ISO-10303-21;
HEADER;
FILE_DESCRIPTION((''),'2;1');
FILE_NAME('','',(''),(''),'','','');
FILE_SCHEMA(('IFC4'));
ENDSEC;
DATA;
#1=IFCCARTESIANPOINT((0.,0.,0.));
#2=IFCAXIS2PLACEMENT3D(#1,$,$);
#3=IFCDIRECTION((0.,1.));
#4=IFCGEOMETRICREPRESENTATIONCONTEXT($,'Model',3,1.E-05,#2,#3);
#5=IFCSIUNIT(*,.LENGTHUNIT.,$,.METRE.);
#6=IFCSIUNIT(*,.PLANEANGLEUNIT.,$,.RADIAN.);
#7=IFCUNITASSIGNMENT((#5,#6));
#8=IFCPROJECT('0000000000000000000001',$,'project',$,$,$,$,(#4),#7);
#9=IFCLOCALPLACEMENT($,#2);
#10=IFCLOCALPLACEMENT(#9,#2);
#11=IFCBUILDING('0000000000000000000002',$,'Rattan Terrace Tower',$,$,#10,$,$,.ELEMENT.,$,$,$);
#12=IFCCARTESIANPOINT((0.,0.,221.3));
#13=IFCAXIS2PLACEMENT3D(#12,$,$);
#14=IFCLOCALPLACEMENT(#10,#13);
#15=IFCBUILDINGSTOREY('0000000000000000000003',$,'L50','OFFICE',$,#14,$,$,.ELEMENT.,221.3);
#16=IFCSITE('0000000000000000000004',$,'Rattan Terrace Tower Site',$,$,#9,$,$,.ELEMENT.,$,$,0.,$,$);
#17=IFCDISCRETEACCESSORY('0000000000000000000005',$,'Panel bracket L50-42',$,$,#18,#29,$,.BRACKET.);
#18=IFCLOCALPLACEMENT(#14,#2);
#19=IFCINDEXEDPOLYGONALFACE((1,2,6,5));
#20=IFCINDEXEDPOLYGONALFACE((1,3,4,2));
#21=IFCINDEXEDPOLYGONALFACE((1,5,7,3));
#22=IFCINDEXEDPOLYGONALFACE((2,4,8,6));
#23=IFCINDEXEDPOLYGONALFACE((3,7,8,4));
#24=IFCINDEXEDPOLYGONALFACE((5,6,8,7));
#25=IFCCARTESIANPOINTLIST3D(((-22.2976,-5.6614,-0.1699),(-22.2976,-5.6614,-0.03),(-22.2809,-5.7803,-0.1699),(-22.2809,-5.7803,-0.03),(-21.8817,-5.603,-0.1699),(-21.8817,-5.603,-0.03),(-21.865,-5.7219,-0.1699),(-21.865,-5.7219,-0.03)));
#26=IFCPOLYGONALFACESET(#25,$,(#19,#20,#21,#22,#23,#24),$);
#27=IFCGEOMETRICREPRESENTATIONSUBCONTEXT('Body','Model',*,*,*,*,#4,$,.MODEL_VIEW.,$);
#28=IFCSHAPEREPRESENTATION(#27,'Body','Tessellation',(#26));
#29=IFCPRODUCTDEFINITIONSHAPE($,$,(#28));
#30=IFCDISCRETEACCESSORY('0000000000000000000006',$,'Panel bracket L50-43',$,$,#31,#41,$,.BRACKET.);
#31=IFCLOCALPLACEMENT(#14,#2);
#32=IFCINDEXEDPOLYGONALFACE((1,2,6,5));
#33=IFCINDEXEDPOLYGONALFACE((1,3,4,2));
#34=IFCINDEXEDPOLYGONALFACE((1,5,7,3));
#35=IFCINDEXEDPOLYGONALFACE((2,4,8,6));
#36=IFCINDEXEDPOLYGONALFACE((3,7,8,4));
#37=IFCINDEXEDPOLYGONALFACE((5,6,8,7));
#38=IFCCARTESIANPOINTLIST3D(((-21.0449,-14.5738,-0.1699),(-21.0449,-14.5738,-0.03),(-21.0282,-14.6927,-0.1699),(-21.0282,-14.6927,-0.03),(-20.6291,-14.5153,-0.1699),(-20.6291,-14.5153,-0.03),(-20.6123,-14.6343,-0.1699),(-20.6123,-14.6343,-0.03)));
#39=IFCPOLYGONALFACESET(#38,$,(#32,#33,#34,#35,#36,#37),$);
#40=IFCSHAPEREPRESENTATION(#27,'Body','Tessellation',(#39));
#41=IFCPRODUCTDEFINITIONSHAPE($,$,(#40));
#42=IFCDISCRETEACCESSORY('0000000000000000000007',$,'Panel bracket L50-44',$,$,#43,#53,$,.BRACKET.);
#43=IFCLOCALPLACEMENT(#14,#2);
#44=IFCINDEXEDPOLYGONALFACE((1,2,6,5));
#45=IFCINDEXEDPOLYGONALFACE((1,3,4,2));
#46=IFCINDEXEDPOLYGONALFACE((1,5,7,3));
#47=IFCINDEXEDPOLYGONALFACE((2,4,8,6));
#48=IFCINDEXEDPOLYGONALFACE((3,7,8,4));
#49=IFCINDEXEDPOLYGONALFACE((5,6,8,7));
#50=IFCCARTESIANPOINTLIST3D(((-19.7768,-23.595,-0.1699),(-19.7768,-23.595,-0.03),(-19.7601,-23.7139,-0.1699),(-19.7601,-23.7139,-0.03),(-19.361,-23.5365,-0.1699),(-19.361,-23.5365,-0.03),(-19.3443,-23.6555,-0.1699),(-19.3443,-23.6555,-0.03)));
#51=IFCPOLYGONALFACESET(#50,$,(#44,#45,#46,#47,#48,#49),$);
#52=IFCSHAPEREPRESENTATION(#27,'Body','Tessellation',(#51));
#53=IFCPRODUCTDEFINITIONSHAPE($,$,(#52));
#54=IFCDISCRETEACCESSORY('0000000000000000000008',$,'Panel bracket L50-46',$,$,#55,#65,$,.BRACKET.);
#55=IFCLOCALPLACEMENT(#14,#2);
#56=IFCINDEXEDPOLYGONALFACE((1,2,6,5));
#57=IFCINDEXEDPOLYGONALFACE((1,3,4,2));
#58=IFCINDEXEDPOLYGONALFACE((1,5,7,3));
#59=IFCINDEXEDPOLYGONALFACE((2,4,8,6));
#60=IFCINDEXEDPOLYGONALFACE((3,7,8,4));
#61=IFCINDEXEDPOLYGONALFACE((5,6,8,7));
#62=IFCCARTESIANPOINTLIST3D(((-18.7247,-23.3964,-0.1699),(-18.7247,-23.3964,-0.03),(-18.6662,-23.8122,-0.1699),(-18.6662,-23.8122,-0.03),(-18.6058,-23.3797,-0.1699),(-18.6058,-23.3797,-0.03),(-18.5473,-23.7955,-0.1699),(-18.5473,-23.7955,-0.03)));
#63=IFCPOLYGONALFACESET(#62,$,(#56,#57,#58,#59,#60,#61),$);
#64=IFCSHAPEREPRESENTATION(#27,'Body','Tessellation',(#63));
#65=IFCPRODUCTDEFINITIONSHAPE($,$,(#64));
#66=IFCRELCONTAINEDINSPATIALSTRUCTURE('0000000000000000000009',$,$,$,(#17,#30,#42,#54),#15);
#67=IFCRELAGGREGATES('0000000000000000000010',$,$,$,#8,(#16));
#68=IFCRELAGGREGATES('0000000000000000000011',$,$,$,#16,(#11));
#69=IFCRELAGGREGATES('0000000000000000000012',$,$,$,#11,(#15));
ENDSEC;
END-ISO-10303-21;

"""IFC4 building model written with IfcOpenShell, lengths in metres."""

from ifc_helpers import new_model, si_unit, direction, frame, origin, origin_2d, place, context, subcontext, project, spatial, rectangle, extrude, element, save


model = new_model("IFC4")

# Units and contexts
model_context = context("Model", 3, precision=1e-05, world=origin(), true_north=direction((0.0, 1.0)))
body_context = subcontext(model_context, "Body", "Model", "MODEL_VIEW")
ifc_project = project(units=[si_unit("LENGTHUNIT", "METRE"), si_unit("PLANEANGLEUNIT", "RADIAN")], contexts=[model_context])

# Site, building, storey
site_placement = place(None, origin())
site = spatial("IfcSite", under=ifc_project, at=site_placement, Name="Rattan Terrace Tower Site", CompositionType="ELEMENT", RefElevation=0.0)
building_placement = place(site_placement, origin())
building = spatial("IfcBuilding", under=site, at=building_placement, Name="Rattan Terrace Tower", CompositionType="ELEMENT")
storey_placement = place(building_placement, frame((0.0, 0.0, 221.3)))
storey = spatial("IfcBuildingStorey", under=building, at=storey_placement, Name="L50", Description="OFFICE", CompositionType="ELEMENT", Elevation=221.3)

# Discrete accessories
for number, where, z_axis, x_axis, name in (
    (1, (-22.0813, -5.6917, -0.1699), (0.0, 0.0, 1.0), (0.139186, -0.990266, 0.0), "Panel bracket L50-42"),
    (2, (-20.8286, -14.604, -0.1699), (0.0, 0.0, 1.0), (0.139186, -0.990266, 0.0), "Panel bracket L50-43"),
    (3, (-19.5605, -23.6252, -0.1699), (0.0, 0.0, 1.0), (0.139186, -0.990266, 0.0), "Panel bracket L50-44"),
    (4, (-18.636, -23.5959, -0.1699), (0.0, 0.0, 1.0), (0.990241, 0.139367, 0.0), "Panel bracket L50-46"),
):
    element("IfcDiscreteAccessory", number, at=place(storey_placement, frame(where, z_axis=z_axis, x_axis=x_axis)), inside=storey, Name=name, PredefinedType="BRACKET", context=body_context, shape_type="SweptSolid", body=[
        extrude(rectangle(XDim=0.1201, YDim=0.4199, at=origin_2d()), origin(), (0.0, 0.0, 1.0), 0.1399),
    ])

save(model, "model.ifc")
